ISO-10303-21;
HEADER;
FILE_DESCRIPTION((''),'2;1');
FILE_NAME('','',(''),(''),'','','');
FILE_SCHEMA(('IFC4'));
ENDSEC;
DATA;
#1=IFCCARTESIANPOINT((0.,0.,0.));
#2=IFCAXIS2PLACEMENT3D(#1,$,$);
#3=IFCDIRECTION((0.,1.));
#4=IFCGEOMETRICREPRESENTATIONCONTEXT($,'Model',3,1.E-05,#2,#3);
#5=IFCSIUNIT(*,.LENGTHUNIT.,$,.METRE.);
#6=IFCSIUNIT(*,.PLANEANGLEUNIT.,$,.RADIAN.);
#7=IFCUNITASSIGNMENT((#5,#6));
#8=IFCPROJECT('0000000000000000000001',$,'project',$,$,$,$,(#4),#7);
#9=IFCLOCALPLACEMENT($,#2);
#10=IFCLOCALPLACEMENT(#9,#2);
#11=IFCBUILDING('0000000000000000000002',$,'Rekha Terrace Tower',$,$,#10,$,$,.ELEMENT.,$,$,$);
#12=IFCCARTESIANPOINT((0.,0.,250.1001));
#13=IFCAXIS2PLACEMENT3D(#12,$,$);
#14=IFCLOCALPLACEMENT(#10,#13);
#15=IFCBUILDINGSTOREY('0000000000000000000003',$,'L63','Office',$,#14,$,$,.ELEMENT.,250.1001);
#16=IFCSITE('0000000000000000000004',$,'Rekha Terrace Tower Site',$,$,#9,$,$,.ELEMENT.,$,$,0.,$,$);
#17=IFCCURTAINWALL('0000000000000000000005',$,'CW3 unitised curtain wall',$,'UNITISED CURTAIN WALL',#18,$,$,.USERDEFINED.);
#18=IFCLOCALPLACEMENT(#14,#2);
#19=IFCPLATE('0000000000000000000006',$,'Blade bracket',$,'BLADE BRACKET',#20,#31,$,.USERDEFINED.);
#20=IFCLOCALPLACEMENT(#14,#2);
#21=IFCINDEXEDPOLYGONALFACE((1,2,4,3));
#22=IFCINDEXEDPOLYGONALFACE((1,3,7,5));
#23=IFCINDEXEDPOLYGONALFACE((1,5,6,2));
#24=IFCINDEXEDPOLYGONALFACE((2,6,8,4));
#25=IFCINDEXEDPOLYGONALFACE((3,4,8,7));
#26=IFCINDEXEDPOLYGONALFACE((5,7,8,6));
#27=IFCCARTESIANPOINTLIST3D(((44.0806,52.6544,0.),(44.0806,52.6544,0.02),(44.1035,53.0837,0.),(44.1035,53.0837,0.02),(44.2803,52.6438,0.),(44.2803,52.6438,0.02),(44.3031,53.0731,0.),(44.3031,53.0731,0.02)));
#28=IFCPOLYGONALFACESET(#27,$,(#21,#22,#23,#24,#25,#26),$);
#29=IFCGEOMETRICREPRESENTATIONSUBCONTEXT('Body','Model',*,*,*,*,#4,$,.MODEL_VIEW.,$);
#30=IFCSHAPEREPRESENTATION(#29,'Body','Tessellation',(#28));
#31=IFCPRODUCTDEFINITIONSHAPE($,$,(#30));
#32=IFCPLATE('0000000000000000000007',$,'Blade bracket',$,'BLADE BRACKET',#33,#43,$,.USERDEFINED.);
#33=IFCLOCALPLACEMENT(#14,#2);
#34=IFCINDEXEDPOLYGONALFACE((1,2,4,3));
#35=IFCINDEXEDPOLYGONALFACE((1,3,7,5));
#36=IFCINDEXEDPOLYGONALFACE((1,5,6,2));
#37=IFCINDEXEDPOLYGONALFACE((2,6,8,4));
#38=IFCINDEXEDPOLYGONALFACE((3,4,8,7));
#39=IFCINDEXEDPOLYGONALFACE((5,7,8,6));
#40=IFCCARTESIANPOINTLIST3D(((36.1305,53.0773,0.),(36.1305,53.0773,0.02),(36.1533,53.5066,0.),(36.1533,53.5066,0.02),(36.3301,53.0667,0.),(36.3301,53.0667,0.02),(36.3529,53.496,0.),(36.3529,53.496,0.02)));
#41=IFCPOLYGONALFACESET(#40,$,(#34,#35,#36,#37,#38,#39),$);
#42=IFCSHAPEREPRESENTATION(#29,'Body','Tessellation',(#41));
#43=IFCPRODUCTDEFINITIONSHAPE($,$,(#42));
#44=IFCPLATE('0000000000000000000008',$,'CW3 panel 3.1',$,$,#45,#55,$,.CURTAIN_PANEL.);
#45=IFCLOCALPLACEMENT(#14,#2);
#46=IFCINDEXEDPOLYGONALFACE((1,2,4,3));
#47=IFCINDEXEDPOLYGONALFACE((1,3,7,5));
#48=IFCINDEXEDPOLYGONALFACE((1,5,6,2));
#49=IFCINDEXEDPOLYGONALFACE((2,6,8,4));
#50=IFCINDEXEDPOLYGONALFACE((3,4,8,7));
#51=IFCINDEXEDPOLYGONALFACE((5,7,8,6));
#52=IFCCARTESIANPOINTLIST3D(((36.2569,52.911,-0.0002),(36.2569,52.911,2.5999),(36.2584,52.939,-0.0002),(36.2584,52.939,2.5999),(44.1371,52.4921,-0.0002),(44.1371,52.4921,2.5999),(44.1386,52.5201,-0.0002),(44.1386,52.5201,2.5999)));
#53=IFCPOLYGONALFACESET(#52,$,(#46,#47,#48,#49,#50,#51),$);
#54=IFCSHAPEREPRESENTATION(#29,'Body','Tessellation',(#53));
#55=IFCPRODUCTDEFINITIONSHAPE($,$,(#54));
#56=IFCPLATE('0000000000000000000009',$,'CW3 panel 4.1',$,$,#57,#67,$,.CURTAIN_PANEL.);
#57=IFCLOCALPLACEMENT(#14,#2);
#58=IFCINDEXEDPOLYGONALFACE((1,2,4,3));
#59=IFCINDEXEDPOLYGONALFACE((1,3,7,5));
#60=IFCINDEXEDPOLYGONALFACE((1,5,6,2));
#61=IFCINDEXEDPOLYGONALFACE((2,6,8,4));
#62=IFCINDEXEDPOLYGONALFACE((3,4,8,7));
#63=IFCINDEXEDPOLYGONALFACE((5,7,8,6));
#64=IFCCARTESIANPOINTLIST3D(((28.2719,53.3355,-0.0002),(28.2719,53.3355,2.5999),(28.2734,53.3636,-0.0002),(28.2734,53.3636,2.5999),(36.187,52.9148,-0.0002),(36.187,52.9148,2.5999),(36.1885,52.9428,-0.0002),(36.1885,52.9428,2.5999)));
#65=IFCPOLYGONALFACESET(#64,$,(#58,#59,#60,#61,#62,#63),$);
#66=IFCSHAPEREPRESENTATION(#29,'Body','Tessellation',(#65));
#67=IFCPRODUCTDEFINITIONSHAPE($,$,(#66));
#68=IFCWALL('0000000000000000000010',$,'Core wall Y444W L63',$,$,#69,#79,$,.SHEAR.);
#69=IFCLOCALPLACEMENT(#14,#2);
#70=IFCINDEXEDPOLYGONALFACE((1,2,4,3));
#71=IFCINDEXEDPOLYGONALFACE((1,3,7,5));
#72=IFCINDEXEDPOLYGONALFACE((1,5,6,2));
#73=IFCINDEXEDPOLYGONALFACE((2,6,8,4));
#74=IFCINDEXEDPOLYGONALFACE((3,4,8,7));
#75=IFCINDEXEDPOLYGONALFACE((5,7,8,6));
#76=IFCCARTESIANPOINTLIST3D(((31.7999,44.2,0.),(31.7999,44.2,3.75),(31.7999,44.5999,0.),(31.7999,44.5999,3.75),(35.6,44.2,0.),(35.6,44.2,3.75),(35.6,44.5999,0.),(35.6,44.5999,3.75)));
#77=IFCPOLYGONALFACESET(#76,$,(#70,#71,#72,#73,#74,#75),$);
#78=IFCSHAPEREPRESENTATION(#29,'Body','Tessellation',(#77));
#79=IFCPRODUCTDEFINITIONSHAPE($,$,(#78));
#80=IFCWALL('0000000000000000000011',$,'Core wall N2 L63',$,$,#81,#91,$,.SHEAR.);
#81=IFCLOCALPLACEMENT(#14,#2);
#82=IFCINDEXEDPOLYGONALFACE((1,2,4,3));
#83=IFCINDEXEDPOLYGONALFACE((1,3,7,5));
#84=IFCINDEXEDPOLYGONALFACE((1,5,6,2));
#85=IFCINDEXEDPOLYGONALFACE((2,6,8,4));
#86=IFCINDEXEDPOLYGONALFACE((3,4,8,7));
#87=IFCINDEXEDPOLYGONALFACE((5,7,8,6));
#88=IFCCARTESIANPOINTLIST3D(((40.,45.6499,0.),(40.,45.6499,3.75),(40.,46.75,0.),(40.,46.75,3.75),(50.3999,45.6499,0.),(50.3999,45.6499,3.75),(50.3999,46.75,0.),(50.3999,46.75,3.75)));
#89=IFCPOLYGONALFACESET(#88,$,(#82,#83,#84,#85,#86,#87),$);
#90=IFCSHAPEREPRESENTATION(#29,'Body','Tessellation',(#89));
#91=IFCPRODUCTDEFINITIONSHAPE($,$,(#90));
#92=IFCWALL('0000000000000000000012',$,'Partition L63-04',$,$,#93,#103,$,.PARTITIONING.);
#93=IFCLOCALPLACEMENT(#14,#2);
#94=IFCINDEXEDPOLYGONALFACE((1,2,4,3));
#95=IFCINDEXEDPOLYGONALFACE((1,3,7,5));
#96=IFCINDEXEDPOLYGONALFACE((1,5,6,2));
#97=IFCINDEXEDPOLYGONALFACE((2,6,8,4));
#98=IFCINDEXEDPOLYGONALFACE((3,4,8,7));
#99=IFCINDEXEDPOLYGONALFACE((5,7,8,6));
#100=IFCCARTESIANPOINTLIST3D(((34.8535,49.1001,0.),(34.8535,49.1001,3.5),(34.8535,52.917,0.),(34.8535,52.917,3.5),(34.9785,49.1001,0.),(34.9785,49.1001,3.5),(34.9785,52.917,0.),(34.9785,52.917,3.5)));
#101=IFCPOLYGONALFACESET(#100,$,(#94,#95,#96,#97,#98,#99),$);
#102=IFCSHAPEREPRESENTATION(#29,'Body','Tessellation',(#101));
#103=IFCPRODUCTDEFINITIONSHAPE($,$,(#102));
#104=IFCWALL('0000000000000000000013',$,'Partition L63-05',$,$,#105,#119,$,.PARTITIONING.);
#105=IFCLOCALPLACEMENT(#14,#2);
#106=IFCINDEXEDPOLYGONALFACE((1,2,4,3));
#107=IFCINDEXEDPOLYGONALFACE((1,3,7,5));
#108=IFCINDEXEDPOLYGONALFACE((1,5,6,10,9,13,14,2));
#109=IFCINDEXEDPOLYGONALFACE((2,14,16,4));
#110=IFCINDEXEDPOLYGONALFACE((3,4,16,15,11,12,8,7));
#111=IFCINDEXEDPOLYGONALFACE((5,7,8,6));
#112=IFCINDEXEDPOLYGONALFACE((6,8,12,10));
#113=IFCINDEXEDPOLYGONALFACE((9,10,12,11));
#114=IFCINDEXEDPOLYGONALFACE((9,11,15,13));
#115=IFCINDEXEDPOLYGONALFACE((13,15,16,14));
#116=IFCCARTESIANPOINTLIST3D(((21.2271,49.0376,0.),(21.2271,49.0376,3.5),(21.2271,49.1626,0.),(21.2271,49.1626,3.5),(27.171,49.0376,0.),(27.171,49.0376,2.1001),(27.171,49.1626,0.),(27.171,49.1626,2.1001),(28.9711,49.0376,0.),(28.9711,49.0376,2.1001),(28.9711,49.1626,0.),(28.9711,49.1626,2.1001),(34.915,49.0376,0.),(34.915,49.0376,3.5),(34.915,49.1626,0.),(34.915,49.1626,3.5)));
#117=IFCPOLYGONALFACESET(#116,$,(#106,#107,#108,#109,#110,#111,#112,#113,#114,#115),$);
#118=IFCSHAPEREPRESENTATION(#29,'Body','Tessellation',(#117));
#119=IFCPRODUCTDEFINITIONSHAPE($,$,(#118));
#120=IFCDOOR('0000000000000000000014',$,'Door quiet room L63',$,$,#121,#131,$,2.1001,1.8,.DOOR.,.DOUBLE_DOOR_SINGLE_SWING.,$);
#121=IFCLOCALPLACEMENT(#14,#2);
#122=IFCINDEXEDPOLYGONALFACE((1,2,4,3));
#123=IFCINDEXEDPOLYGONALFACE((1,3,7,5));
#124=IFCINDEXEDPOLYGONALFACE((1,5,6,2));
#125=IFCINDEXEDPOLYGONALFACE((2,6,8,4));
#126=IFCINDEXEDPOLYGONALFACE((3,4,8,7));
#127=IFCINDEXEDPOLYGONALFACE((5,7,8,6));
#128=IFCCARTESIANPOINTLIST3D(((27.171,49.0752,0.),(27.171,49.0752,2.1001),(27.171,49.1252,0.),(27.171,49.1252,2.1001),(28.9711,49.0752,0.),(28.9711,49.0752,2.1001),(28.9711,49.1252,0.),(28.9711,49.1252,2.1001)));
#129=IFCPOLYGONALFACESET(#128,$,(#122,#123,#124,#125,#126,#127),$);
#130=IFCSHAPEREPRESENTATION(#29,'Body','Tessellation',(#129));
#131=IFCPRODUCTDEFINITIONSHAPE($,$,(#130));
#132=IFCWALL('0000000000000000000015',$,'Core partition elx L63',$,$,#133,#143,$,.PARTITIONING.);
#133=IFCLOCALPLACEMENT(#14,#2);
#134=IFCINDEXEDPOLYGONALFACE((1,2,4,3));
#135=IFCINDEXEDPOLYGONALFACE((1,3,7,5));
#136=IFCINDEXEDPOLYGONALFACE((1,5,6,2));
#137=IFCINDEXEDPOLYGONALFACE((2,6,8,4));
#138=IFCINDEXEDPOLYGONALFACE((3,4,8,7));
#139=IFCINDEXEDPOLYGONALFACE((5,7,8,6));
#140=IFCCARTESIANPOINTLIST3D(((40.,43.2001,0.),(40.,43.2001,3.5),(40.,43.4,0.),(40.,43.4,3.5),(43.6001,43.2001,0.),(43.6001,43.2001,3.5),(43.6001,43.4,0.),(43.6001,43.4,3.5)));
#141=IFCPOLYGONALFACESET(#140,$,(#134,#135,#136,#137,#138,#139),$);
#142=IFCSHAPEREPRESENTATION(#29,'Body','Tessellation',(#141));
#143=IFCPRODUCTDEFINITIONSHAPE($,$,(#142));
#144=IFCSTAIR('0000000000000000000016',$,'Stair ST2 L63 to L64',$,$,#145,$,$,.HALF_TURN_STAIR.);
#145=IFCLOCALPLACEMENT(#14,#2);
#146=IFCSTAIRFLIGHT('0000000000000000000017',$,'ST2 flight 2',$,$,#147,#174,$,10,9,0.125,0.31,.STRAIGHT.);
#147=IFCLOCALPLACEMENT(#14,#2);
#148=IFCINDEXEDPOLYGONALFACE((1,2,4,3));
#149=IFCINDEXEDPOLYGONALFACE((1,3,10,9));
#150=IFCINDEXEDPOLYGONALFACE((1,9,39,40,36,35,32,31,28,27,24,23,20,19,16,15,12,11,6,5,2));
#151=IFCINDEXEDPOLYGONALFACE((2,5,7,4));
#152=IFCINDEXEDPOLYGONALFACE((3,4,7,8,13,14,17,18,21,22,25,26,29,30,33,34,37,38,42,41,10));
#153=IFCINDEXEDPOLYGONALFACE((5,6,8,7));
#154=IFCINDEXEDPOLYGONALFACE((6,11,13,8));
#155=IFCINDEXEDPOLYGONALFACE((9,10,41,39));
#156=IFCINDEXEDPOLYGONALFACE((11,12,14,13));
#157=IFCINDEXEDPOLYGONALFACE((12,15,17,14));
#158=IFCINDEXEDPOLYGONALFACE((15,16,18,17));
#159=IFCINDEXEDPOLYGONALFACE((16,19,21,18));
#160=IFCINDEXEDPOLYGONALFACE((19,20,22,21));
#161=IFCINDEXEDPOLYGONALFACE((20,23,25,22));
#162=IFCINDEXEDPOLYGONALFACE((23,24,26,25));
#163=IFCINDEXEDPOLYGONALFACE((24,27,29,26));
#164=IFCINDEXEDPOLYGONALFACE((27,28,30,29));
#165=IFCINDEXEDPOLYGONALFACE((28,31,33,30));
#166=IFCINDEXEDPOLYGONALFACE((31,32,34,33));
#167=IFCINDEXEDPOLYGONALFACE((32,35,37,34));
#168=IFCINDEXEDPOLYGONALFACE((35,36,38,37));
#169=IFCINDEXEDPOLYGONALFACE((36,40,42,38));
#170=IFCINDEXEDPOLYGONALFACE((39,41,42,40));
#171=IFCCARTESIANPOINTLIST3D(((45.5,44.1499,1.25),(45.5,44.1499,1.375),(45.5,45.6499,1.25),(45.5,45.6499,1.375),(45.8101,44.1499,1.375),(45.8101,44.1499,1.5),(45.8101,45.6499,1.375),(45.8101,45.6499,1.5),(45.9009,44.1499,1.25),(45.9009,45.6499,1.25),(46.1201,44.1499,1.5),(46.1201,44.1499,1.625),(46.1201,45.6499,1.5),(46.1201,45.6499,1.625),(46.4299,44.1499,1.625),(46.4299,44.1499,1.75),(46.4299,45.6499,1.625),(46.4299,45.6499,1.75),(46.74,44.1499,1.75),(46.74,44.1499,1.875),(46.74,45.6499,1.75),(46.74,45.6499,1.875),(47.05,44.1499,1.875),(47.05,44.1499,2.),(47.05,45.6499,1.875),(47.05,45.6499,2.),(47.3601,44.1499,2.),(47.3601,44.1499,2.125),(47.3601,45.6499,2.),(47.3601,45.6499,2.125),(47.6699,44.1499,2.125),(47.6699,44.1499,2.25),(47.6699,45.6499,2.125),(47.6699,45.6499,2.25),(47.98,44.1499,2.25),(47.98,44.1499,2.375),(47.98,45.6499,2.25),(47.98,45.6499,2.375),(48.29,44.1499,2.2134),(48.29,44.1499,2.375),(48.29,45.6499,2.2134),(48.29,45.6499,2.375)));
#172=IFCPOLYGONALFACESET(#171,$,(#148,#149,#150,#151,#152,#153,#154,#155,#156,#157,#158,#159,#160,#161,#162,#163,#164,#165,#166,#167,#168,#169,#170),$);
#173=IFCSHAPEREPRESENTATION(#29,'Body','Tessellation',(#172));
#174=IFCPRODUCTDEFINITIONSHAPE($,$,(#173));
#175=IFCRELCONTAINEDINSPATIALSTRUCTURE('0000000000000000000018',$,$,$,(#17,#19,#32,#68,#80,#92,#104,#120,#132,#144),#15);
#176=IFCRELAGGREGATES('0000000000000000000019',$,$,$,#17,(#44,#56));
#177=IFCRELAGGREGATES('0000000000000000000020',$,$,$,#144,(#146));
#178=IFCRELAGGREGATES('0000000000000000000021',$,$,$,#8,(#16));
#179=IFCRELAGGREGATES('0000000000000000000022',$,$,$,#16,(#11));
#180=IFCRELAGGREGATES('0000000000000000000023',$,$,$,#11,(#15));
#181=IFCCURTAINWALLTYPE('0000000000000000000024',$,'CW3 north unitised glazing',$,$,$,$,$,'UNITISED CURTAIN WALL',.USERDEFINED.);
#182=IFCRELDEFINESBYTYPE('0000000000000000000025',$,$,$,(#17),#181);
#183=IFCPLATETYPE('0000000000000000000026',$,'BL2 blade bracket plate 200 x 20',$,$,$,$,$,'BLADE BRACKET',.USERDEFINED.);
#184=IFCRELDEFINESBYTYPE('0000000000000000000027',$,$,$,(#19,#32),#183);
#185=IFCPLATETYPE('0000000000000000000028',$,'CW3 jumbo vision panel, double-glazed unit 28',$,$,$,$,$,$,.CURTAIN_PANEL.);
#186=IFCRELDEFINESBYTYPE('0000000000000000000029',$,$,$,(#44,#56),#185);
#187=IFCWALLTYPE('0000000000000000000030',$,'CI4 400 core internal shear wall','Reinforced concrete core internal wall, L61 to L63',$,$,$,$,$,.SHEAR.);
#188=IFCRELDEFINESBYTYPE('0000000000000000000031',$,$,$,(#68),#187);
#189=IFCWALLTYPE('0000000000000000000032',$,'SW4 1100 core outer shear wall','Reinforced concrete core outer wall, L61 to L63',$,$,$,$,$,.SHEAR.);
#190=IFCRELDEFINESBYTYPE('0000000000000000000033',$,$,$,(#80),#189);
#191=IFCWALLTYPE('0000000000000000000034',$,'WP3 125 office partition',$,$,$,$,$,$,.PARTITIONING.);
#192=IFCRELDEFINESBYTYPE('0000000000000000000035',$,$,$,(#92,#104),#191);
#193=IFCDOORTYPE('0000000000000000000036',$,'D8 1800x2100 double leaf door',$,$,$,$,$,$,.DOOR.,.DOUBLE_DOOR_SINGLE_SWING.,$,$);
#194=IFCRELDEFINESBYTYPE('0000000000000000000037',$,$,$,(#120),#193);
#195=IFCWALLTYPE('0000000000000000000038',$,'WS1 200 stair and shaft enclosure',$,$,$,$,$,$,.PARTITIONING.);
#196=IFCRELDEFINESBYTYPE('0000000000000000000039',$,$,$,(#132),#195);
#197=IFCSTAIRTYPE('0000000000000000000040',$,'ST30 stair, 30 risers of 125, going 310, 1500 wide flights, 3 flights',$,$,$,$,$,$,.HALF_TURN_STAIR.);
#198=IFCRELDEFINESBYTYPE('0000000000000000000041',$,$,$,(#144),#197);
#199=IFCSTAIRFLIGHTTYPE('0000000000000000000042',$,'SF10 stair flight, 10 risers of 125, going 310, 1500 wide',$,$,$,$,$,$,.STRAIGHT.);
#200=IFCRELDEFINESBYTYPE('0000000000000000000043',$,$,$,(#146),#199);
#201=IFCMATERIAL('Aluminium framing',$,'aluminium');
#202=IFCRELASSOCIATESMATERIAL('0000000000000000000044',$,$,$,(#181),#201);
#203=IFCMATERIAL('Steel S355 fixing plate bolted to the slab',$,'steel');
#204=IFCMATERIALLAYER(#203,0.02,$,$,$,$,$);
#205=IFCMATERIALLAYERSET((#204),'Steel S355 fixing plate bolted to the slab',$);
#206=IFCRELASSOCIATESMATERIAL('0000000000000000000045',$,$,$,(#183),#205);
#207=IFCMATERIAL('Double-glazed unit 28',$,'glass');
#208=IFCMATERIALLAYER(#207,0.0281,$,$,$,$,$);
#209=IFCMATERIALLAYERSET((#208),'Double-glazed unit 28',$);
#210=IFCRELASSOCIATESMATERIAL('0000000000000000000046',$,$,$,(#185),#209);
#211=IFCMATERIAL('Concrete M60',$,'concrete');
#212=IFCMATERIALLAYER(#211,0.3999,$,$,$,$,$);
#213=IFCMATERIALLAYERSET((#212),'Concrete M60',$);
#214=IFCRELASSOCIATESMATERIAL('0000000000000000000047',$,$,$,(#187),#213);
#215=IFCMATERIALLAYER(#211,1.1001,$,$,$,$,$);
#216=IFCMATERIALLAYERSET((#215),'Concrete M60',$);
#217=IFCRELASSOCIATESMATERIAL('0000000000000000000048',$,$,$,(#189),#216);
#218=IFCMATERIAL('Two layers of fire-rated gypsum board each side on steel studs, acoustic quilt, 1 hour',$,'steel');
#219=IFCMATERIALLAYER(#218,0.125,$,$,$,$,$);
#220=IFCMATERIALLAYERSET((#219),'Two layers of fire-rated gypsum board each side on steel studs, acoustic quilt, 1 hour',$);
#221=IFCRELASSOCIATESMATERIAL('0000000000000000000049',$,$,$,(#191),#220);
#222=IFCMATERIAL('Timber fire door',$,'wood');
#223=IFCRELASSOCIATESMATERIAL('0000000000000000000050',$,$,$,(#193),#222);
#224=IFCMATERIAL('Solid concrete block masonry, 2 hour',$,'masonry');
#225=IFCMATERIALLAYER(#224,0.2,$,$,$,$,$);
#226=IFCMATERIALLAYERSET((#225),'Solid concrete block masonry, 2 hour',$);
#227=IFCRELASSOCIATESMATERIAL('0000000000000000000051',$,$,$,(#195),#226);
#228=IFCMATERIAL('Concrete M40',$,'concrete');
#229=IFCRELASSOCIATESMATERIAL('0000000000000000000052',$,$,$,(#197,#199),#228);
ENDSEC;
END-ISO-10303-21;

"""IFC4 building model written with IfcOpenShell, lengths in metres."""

from ifc_helpers import new_model, si_unit, direction, frame, frame_2d, origin, origin_2d, place, context, subcontext, project, spatial, polyline, rectangle, outline, extrude, material, layer, layer_set, type_object, element, fill, aggregate, save


model = new_model("IFC4")

# Units and contexts
model_context = context("Model", 3, precision=1e-05, world=origin(), true_north=direction((0.0, 1.0)))
body_context = subcontext(model_context, "Body", "Model", "MODEL_VIEW")
ifc_project = project(units=[si_unit("LENGTHUNIT", "METRE"), si_unit("PLANEANGLEUNIT", "RADIAN")], contexts=[model_context])

# Site, building, storey
site_placement = place(None, origin())
site = spatial("IfcSite", under=ifc_project, at=site_placement, Name="Rekha Terrace Tower Site", CompositionType="ELEMENT", RefElevation=0.0)
building_placement = place(site_placement, origin())
building = spatial("IfcBuilding", under=site, at=building_placement, Name="Rekha Terrace Tower", CompositionType="ELEMENT")
storey_placement = place(building_placement, frame((0.0, 0.0, 250.1001)))
storey = spatial("IfcBuildingStorey", under=building, at=storey_placement, Name="L63", Description="Office", CompositionType="ELEMENT", Elevation=250.1001)

# Shared definitions
ifc_material_1 = material(Name="Concrete M60", Category="concrete")

# Curtain wall
ifc_material_2 = material(Name="Aluminium framing", Category="aluminium")
curtain_wall_type = type_object("IfcCurtainWallType", Name="CW3 north unitised glazing", ElementType="UNITISED CURTAIN WALL", PredefinedType="USERDEFINED", material=ifc_material_2)
curtain_wall_placement = place(storey_placement, origin())
curtain_wall = element("IfcCurtainWall", 1, at=curtain_wall_placement, inside=storey, type_object=curtain_wall_type, Name="CW3 unitised curtain wall", ObjectType="UNITISED CURTAIN WALL", PredefinedType="USERDEFINED")

# Plates
ifc_material_3 = material(Name="Steel S355 fixing plate bolted to the slab", Category="steel")
ifc_layer_1 = layer(ifc_material_3, 0.02)
ifc_layer_set_1 = layer_set([ifc_layer_1], Name="Steel S355 fixing plate bolted to the slab")
plate_type_1 = type_object("IfcPlateType", Name="BL2 blade bracket plate 200 x 20", ElementType="BLADE BRACKET", PredefinedType="USERDEFINED", material=ifc_layer_set_1)
for number, where, z_axis, x_axis, name in (
    (2, (44.1919, 52.8638, 0.0), (0.0, 0.0, 1.0), (0.053084, 0.99859, 0.0), "Blade bracket"),
    (3, (36.2417, 53.2866, 0.0), (0.0, 0.0, 1.0), (0.053084, 0.99859, 0.0), "Blade bracket"),
):
    element("IfcPlate", number, at=place(storey_placement, frame(where, z_axis=z_axis, x_axis=x_axis)), inside=storey, type_object=plate_type_1, Name=name, ObjectType="BLADE BRACKET", PredefinedType="USERDEFINED", context=body_context, shape_type="SweptSolid", body=[
        extrude(rectangle(XDim=0.4299, YDim=0.2, at=origin_2d()), origin(), (0.0, 0.0, 1.0), 0.02),
    ])

# Plates
ifc_material_4 = material(Name="Double-glazed unit 28", Category="glass")
ifc_layer_2 = layer(ifc_material_4, 0.0281)
ifc_layer_set_2 = layer_set([ifc_layer_2], Name="Double-glazed unit 28")
plate_type_2 = type_object("IfcPlateType", Name="CW3 jumbo vision panel, double-glazed unit 28", PredefinedType="CURTAIN_PANEL", material=ifc_layer_set_2)
plate_1_placement = place(storey_placement, frame((40.1978, 52.7156, -0.0002), z_axis=(0.0, 0.0, 1.0), x_axis=(-0.99859, 0.053083, 0.0)))
plate_1 = element("IfcPlate", 4, at=plate_1_placement, type_object=plate_type_2, Name="CW3 panel 3.1", PredefinedType="CURTAIN_PANEL", context=body_context, shape_type="SweptSolid", body=[
    extrude(rectangle(XDim=7.8914, YDim=0.0281, at=origin_2d()), origin(), (0.0, 0.0, 1.0), 2.6001),
])
plate_2_placement = place(storey_placement, frame((32.2302, 53.1392, -0.0002), z_axis=(0.0, 0.0, 1.0), x_axis=(-0.99859, 0.053083, 0.0)))
plate_2 = element("IfcPlate", 5, at=plate_2_placement, type_object=plate_type_2, Name="CW3 panel 4.1", PredefinedType="CURTAIN_PANEL", context=body_context, shape_type="SweptSolid", body=[
    extrude(rectangle(XDim=7.9263, YDim=0.0281, at=origin_2d()), origin(), (0.0, 0.0, 1.0), 2.6001),
])
aggregate(curtain_wall, [plate_1, plate_2])

# Walls
ifc_layer_3 = layer(ifc_material_1, 0.3999)
ifc_layer_set_3 = layer_set([ifc_layer_3], Name="Concrete M60")
wall_type_1 = type_object("IfcWallType", Name="CI4 400 core internal shear wall", Description="Reinforced concrete core internal wall, L61 to L63", PredefinedType="SHEAR", material=ifc_layer_set_3)
wall_1_placement = place(storey_placement, frame((31.8, 44.3999, 0.0), z_axis=(0.0, 0.0, 1.0), x_axis=(1.0, 0.0, 0.0)))
element("IfcWall", 6, at=wall_1_placement, inside=storey, type_object=wall_type_1, Name="Core wall Y444W L63", PredefinedType="SHEAR", context=body_context, shape_type="SweptSolid", body=[
    extrude(rectangle(XDim=3.8, YDim=0.3999, at=frame_2d((1.8999, 0.0))), origin(), (0.0, 0.0, 1.0), 3.75),
])
ifc_layer_4 = layer(ifc_material_1, 1.1001)
ifc_layer_set_4 = layer_set([ifc_layer_4], Name="Concrete M60")
wall_type_2 = type_object("IfcWallType", Name="SW4 1100 core outer shear wall", Description="Reinforced concrete core outer wall, L61 to L63", PredefinedType="SHEAR", material=ifc_layer_set_4)
wall_2_placement = place(storey_placement, frame((40.0, 46.2, 0.0), z_axis=(0.0, 0.0, 1.0), x_axis=(1.0, 0.0, 0.0)))
element("IfcWall", 7, at=wall_2_placement, inside=storey, type_object=wall_type_2, Name="Core wall N2 L63", PredefinedType="SHEAR", context=body_context, shape_type="SweptSolid", body=[
    extrude(rectangle(XDim=10.3999, YDim=1.1001, at=frame_2d((5.2, 0.0))), origin(), (0.0, 0.0, 1.0), 3.75),
])
ifc_material_5 = material(Name="Two layers of fire-rated gypsum board each side on steel studs, acoustic quilt, 1 hour", Category="steel")
ifc_layer_5 = layer(ifc_material_5, 0.125)
ifc_layer_set_5 = layer_set([ifc_layer_5], Name="Two layers of fire-rated gypsum board each side on steel studs, acoustic quilt, 1 hour")
wall_type_3 = type_object("IfcWallType", Name="WP3 125 office partition", PredefinedType="PARTITIONING", material=ifc_layer_set_5)
wall_3_placement = place(storey_placement, frame((34.916, 49.1001, 0.0), z_axis=(0.0, 0.0, 1.0), x_axis=(0.0, 1.0, 0.0)))
element("IfcWall", 8, at=wall_3_placement, inside=storey, type_object=wall_type_3, Name="Partition L63-04", PredefinedType="PARTITIONING", context=body_context, shape_type="SweptSolid", body=[
    extrude(rectangle(XDim=3.8169, YDim=0.125, at=frame_2d((1.9084, 0.0))), origin(), (0.0, 0.0, 1.0), 3.5),
])

# Wall, opening, door
wall_4_placement = place(storey_placement, frame((34.915, 49.1001, 0.0), z_axis=(0.0, 0.0, 1.0), x_axis=(-1.0, 0.0, 0.0)))
wall_4 = element("IfcWall", 9, at=wall_4_placement, inside=storey, type_object=wall_type_3, Name="Partition L63-05", PredefinedType="PARTITIONING", context=body_context, shape_type="SweptSolid", body=[
    extrude(rectangle(XDim=13.688, YDim=0.125, at=frame_2d((6.844, 0.0))), origin(), (0.0, 0.0, 1.0), 3.5),
])
opening_placement = place(wall_4_placement, frame((5.9441, 0.0, 0.0)))
opening = element("IfcOpeningElement", 10, at=opening_placement, cuts=wall_4, PredefinedType="OPENING", context=body_context, shape_type="SweptSolid", body=[
    extrude(rectangle(XDim=1.8, YDim=2.1001, at=frame_2d((0.8999, 1.05))), frame((0.0, 0.0725, 0.0), z_axis=(0.0, -1.0, 0.0), x_axis=(1.0, 0.0, 0.0)), (0.0, 0.0, 1.0), 0.145),
])
ifc_material_6 = material(Name="Timber fire door", Category="wood")
door_type = type_object("IfcDoorType", Name="D8 1800x2100 double leaf door", OperationType="DOUBLE_DOOR_SINGLE_SWING", PredefinedType="DOOR", material=ifc_material_6)
door_placement = place(opening_placement, origin())
door = element("IfcDoor", 11, at=door_placement, inside=storey, type_object=door_type, Name="Door quiet room L63", OperationType="DOUBLE_DOOR_SINGLE_SWING", OverallHeight=2.1001, OverallWidth=1.8, PredefinedType="DOOR", context=body_context, shape_type="SweptSolid", body=[
    extrude(rectangle(XDim=1.8, YDim=2.1001, at=frame_2d((0.8999, 1.05))), frame((0.0, 0.0249, 0.0), z_axis=(0.0, -1.0, 0.0), x_axis=(1.0, 0.0, 0.0)), (0.0, 0.0, 1.0), 0.05),
])
fill(opening, door)

# Wall
ifc_material_7 = material(Name="Solid concrete block masonry, 2 hour", Category="masonry")
ifc_layer_6 = layer(ifc_material_7, 0.2)
ifc_layer_set_6 = layer_set([ifc_layer_6], Name="Solid concrete block masonry, 2 hour")
wall_type_4 = type_object("IfcWallType", Name="WS1 200 stair and shaft enclosure", PredefinedType="PARTITIONING", material=ifc_layer_set_6)
wall_5_placement = place(storey_placement, frame((40.0, 43.3, 0.0), z_axis=(0.0, 0.0, 1.0), x_axis=(1.0, 0.0, 0.0)))
element("IfcWall", 12, at=wall_5_placement, inside=storey, type_object=wall_type_4, Name="Core partition elx L63", PredefinedType="PARTITIONING", context=body_context, shape_type="SweptSolid", body=[
    extrude(rectangle(XDim=3.6001, YDim=0.2, at=frame_2d((1.8, 0.0))), origin(), (0.0, 0.0, 1.0), 3.5),
])

# Stair, stair flight
ifc_material_8 = material(Name="Concrete M40", Category="concrete")
stair_type = type_object("IfcStairType", Name="ST30 stair, 30 risers of 125, going 310, 1500 wide flights, 3 flights", PredefinedType="HALF_TURN_STAIR", material=ifc_material_8)
stair_placement = place(storey_placement, origin())
stair = element("IfcStair", 13, at=stair_placement, inside=storey, type_object=stair_type, Name="Stair ST2 L63 to L64", PredefinedType="HALF_TURN_STAIR")
stair_flight_type = type_object("IfcStairFlightType", Name="SF10 stair flight, 10 risers of 125, going 310, 1500 wide", PredefinedType="STRAIGHT", material=ifc_material_8)
stair_flight_placement = place(storey_placement, frame((45.5, 44.8999, 1.25), z_axis=(0.0, 0.0, 1.0), x_axis=(1.0, 0.0, 0.0)))
stair_flight = element("IfcStairFlight", 14, at=stair_flight_placement, type_object=stair_flight_type, Name="ST2 flight 2", NumberOfRisers=10, NumberOfTreads=9, PredefinedType="STRAIGHT", RiserHeight=0.125, TreadLength=0.31, context=body_context, shape_type="SweptSolid", body=[
    extrude(outline(polyline([(0.0, 0.0), (0.0, 0.125), (0.3101, 0.125), (0.3101, 0.25), (0.6201, 0.25), (0.6201, 0.375), (0.9299, 0.375), (0.9299, 0.5), (1.24, 0.5), (1.24, 0.625), (1.55, 0.625), (1.55, 0.75), (1.8601, 0.75), (1.8601, 0.875), (2.1699, 0.875), (2.1699, 1.0), (2.48, 1.0), (2.48, 1.125), (2.79, 1.125), (2.79, 1.25), (2.79, 0.9634), (0.4009, 0.0), (0.0, 0.0)])), frame((0.0, 0.75, 0.0), z_axis=(0.0, -1.0, 0.0), x_axis=(1.0, 0.0, 0.0)), (0.0, 0.0, 1.0), 1.5),
])
aggregate(stair, [stair_flight])

save(model, "model.ifc")
